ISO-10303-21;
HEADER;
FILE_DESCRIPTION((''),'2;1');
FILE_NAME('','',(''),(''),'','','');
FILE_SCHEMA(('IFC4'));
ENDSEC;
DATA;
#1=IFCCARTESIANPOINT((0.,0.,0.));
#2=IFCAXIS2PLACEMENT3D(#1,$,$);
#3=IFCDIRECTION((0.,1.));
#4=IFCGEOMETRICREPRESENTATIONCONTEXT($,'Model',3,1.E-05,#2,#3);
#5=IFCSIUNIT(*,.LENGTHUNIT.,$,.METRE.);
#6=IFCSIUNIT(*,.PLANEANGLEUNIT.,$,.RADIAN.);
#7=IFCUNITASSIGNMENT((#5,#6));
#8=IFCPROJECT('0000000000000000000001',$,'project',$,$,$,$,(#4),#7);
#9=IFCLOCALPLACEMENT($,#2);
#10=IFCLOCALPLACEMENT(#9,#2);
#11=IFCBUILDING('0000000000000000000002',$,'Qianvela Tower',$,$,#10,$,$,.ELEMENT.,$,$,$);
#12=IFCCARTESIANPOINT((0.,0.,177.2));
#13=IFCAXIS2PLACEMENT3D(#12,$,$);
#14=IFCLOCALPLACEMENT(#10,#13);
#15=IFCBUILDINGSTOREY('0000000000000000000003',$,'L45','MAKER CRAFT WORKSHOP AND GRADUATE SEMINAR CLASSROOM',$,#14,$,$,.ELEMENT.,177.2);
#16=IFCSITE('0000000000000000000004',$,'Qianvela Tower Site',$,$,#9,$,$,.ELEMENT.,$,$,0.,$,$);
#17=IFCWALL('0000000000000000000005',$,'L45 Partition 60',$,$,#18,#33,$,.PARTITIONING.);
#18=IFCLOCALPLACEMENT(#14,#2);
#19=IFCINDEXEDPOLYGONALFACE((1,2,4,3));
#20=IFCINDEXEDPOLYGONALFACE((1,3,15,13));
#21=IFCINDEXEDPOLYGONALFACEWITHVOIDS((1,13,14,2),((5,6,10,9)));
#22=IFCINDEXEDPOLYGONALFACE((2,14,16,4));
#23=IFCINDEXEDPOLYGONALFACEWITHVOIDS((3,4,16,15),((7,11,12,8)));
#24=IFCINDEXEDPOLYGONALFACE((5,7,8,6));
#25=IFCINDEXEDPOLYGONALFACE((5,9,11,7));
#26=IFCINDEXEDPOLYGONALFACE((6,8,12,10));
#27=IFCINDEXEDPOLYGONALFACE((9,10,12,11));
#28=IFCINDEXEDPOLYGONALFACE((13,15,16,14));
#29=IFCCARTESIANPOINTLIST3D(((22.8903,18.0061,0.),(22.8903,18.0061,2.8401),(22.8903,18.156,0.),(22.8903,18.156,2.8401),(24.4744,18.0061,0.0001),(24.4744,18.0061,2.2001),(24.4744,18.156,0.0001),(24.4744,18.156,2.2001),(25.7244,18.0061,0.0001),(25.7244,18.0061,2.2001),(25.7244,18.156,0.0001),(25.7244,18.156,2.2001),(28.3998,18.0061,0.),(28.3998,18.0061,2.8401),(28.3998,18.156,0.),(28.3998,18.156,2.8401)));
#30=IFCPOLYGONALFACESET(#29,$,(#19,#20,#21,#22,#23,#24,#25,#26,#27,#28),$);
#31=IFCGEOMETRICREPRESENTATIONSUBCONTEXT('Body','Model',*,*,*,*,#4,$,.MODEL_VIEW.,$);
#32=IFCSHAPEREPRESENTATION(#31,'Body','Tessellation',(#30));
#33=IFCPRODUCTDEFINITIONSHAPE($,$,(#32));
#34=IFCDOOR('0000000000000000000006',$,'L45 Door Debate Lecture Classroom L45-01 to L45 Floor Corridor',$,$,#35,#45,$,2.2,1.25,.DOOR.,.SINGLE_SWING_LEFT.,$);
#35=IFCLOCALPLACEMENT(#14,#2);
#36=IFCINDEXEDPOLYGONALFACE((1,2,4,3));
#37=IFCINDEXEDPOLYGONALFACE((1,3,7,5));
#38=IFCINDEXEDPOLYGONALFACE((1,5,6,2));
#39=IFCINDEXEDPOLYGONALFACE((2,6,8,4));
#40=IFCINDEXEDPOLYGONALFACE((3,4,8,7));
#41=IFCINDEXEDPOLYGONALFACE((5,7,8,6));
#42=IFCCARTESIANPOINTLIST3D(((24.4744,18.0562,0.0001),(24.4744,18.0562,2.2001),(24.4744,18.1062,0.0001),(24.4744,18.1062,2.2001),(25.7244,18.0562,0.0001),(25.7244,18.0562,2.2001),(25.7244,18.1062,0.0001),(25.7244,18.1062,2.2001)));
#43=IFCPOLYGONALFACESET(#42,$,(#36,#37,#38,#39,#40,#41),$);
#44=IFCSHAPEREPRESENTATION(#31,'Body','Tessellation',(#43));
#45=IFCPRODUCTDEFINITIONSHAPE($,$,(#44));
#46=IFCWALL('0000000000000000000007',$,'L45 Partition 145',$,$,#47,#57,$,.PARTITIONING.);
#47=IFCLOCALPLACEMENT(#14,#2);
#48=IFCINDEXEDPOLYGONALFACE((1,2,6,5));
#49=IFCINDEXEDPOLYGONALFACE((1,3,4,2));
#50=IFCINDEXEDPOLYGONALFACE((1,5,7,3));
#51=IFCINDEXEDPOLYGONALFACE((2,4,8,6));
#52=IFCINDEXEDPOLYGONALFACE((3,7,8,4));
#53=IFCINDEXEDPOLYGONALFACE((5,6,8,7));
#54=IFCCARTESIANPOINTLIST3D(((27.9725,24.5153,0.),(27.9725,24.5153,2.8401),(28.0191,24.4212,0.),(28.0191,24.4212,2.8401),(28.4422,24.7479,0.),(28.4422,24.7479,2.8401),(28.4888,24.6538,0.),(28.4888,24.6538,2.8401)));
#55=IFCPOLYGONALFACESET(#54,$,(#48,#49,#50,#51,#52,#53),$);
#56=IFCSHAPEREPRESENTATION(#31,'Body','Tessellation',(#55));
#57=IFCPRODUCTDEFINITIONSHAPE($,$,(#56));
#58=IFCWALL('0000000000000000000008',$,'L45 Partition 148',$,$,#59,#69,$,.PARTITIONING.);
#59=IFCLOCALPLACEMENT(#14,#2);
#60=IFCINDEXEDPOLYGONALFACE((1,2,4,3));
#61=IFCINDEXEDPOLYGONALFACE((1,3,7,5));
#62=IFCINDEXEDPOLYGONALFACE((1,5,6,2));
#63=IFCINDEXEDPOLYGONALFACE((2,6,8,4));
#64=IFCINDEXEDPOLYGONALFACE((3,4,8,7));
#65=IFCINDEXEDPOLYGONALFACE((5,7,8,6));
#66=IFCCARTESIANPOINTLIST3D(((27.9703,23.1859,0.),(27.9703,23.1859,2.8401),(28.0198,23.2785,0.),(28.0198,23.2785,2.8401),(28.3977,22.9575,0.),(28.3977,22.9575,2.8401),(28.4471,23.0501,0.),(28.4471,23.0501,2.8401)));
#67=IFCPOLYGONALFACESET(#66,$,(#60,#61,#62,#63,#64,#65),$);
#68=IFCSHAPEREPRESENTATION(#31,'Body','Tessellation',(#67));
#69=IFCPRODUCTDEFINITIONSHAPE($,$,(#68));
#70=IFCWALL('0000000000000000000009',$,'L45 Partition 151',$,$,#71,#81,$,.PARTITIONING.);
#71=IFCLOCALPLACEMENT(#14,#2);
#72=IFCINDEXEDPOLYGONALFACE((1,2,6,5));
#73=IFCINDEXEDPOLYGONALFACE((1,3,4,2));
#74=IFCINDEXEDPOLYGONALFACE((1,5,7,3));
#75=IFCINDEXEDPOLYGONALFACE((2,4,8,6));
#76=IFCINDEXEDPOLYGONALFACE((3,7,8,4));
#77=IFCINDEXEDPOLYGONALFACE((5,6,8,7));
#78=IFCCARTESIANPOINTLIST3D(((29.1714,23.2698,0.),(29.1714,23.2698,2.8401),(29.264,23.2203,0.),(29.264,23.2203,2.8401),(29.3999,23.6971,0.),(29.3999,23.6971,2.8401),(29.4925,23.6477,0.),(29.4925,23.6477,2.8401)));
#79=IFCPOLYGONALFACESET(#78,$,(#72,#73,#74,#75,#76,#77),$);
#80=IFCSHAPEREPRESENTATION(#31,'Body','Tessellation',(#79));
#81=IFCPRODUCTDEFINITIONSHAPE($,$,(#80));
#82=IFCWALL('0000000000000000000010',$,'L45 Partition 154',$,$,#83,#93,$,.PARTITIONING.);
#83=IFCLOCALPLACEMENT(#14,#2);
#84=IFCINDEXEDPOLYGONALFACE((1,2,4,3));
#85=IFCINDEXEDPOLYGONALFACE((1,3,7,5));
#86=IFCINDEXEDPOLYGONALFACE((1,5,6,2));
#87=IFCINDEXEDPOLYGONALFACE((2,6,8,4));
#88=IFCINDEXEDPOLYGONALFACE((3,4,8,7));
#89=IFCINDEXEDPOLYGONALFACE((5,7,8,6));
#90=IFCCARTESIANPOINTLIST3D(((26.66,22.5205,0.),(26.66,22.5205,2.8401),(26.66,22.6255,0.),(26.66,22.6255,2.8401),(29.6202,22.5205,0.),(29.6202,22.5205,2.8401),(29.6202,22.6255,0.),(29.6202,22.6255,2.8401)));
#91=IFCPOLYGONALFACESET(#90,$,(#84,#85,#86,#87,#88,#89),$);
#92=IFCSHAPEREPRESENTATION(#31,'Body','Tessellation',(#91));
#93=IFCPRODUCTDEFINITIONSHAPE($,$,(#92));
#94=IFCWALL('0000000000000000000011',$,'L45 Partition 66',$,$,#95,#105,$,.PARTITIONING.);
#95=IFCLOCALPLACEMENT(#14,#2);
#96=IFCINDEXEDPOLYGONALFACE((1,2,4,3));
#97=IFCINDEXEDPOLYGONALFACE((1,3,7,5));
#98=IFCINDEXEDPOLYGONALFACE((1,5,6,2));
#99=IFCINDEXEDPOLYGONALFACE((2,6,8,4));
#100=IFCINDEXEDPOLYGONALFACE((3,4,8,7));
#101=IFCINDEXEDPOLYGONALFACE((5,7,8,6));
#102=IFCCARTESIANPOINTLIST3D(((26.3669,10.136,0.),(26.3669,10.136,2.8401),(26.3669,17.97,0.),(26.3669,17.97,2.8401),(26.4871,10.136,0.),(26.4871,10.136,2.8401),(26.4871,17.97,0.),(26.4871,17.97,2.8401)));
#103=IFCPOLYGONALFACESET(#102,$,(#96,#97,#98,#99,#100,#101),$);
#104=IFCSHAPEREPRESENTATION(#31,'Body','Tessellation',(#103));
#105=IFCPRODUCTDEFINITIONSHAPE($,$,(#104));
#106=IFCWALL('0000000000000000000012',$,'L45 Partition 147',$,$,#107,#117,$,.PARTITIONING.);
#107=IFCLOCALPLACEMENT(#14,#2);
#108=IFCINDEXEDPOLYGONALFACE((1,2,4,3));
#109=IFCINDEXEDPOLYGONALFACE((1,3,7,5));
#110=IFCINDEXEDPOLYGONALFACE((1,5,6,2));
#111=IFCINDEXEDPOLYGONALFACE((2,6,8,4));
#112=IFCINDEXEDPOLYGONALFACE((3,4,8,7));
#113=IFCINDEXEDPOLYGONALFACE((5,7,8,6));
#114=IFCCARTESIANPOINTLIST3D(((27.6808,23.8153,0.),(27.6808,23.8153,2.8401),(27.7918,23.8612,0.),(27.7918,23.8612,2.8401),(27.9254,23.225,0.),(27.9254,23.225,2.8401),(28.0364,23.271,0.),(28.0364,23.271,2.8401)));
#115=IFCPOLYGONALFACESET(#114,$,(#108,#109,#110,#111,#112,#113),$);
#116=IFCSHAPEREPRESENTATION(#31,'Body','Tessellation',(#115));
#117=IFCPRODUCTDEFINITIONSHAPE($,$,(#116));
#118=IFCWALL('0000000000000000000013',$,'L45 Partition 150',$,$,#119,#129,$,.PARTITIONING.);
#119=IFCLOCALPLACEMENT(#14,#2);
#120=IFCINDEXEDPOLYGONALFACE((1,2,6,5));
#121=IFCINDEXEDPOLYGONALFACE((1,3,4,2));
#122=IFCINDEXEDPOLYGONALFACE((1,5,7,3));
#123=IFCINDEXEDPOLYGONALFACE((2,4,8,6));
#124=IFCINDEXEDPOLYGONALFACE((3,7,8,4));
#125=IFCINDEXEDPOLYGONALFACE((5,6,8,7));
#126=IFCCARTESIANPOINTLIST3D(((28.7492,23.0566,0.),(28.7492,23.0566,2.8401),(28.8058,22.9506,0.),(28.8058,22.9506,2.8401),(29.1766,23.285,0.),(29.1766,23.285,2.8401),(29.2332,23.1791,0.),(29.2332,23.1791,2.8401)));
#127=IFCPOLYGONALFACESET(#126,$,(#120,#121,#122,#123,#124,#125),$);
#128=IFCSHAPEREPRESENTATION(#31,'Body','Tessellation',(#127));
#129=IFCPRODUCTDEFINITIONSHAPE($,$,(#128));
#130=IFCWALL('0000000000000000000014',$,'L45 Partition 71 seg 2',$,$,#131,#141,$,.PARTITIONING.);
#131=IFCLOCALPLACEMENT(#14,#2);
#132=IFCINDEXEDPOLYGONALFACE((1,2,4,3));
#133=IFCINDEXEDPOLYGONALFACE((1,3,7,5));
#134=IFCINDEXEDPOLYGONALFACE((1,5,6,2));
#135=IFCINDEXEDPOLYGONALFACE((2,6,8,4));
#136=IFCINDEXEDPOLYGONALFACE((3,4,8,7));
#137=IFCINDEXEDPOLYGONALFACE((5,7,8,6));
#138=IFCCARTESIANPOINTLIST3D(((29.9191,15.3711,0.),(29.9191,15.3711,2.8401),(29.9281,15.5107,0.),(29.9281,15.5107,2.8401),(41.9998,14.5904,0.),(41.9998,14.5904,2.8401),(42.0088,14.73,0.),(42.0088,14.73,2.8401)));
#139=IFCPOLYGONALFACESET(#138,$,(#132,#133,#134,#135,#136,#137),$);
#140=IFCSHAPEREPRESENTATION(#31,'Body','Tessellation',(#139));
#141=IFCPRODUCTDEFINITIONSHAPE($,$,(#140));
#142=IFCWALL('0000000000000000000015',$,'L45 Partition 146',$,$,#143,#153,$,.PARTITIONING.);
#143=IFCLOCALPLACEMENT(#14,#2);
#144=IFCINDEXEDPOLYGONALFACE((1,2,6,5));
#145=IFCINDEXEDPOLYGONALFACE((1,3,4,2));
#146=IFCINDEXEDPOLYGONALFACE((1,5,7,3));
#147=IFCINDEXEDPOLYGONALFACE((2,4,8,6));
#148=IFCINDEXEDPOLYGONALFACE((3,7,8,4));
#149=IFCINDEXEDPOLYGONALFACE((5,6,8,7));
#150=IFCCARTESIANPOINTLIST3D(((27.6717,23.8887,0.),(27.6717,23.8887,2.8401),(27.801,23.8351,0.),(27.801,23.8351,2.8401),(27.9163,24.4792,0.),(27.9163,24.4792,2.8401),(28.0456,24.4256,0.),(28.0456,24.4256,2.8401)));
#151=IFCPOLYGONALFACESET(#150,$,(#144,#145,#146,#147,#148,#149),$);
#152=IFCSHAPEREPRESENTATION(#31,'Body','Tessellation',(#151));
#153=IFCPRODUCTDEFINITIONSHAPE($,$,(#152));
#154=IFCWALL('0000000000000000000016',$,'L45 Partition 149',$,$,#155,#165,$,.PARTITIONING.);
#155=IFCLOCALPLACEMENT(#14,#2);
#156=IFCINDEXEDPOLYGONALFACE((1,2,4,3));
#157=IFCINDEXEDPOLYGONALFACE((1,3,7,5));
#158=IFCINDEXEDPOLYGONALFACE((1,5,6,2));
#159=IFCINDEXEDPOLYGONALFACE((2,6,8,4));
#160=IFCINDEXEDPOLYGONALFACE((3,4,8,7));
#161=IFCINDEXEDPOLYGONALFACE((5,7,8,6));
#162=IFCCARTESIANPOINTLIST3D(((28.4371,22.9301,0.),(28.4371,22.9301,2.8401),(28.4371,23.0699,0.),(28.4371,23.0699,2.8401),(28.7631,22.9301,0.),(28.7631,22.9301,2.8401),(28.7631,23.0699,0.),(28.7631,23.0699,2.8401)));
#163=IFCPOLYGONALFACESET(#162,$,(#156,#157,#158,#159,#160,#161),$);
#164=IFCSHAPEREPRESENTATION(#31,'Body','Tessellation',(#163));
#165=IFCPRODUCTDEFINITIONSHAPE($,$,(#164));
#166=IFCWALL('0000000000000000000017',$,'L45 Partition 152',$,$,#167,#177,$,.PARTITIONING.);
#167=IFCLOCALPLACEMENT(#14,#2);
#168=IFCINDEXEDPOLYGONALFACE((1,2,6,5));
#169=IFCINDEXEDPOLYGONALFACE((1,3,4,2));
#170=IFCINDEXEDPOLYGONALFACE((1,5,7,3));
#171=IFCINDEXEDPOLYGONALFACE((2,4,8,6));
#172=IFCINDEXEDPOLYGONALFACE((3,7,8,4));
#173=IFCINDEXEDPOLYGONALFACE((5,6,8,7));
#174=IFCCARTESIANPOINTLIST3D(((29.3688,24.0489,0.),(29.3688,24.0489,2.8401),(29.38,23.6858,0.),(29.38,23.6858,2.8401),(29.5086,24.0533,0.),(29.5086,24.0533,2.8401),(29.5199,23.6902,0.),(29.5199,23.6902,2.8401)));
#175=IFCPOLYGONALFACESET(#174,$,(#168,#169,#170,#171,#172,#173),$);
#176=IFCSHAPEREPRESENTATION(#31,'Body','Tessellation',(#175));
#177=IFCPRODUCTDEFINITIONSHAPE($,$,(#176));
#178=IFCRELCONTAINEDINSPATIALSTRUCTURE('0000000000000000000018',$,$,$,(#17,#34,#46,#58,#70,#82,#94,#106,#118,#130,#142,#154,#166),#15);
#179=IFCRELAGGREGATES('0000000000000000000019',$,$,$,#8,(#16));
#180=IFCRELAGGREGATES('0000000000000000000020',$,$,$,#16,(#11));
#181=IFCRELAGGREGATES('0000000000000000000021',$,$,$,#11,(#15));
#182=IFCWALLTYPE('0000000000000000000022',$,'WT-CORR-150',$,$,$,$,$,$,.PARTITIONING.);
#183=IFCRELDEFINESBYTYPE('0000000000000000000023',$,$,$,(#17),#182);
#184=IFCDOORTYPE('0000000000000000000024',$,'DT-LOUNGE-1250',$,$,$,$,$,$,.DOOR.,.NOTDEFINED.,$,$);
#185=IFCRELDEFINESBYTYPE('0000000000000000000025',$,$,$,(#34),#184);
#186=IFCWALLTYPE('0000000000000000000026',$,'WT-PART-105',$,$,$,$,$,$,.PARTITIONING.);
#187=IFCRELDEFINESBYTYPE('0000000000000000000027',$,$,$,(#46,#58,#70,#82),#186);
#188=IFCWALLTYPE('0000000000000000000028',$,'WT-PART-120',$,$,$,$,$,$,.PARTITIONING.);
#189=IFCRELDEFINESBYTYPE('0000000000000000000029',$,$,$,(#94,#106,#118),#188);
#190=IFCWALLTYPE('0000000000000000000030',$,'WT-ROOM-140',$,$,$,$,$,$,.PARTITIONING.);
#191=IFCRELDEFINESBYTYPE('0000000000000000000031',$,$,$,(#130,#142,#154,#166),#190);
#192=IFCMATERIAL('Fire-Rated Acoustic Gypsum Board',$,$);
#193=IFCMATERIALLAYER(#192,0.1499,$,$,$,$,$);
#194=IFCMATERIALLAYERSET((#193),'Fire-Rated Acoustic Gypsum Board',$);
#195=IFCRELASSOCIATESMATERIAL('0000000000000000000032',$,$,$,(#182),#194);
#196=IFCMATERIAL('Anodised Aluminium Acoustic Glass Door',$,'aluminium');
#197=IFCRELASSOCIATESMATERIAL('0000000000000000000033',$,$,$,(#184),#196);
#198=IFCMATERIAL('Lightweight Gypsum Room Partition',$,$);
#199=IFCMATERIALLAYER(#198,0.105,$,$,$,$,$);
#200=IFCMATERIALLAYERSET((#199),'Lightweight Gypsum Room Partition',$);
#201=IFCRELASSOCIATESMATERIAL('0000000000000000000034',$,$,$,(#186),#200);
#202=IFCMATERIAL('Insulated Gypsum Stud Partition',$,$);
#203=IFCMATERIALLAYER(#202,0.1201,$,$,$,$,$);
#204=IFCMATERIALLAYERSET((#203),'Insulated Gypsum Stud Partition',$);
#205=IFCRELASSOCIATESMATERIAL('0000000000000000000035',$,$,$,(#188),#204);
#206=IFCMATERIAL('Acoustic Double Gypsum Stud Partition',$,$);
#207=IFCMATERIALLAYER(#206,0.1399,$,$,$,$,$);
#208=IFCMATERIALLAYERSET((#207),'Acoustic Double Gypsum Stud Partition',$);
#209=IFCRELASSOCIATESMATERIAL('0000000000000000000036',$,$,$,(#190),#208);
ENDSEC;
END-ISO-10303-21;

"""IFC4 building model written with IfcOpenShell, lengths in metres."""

from ifc_helpers import new_model, si_unit, direction, frame, frame_2d, origin, place, context, subcontext, project, spatial, rectangle, extrude, material, layer, layer_set, type_object, element, fill, save


model = new_model("IFC4")

# Units and contexts
model_context = context("Model", 3, precision=1e-05, world=origin(), true_north=direction((0.0, 1.0)))
body_context = subcontext(model_context, "Body", "Model", "MODEL_VIEW")
ifc_project = project(units=[si_unit("LENGTHUNIT", "METRE"), si_unit("PLANEANGLEUNIT", "RADIAN")], contexts=[model_context])

# Site, building, storey
site_placement = place(None, origin())
site = spatial("IfcSite", under=ifc_project, at=site_placement, Name="Qianvela Tower Site", CompositionType="ELEMENT", RefElevation=0.0)
building_placement = place(site_placement, origin())
building = spatial("IfcBuilding", under=site, at=building_placement, Name="Qianvela Tower", CompositionType="ELEMENT")
storey_placement = place(building_placement, frame((0.0, 0.0, 177.2)))
storey = spatial("IfcBuildingStorey", under=building, at=storey_placement, Name="L45", Description="MAKER CRAFT WORKSHOP AND GRADUATE SEMINAR CLASSROOM", CompositionType="ELEMENT", Elevation=177.2)

# Shared definitions
ifc_material_1 = material(Name="Fire-Rated Acoustic Gypsum Board")
ifc_layer_1 = layer(ifc_material_1, 0.1499)
ifc_layer_set_1 = layer_set([ifc_layer_1], Name="Fire-Rated Acoustic Gypsum Board")
wall_type_1 = type_object("IfcWallType", Name="WT-CORR-150", PredefinedType="PARTITIONING", material=ifc_layer_set_1)

# Wall, opening, door
wall_1_placement = place(storey_placement, frame((28.3999, 18.0811, 0.0), z_axis=(0.0, 0.0, 1.0), x_axis=(-1.0, 0.0, 0.0)))
wall_1 = element("IfcWall", 1, at=wall_1_placement, inside=storey, type_object=wall_type_1, Name="L45 Partition 60", PredefinedType="PARTITIONING", context=body_context, shape_type="SweptSolid", body=[
    extrude(rectangle(XDim=5.5095, YDim=0.1499, at=frame_2d((2.7549, 0.0))), origin(), (0.0, 0.0, 1.0), 2.8401),
])
opening_1_placement = place(wall_1_placement, frame((2.6755, 0.0, 0.0)))
opening_1 = element("IfcOpeningElement", 2, at=opening_1_placement, cuts=wall_1, PredefinedType="OPENING", context=body_context, shape_type="SweptSolid", body=[
    extrude(rectangle(XDim=1.25, YDim=2.2, at=frame_2d((0.625, 1.1001))), frame((0.0, 0.085, 0.0), z_axis=(0.0, -1.0, 0.0), x_axis=(1.0, 0.0, 0.0)), (0.0, 0.0, 1.0), 0.1699),
])
ifc_material_2 = material(Name="Anodised Aluminium Acoustic Glass Door", Category="aluminium")
door_type_1 = type_object("IfcDoorType", Name="DT-LOUNGE-1250", OperationType="NOTDEFINED", PredefinedType="DOOR", material=ifc_material_2)
door_1_placement = place(opening_1_placement, origin())
door_1 = element("IfcDoor", 3, at=door_1_placement, inside=storey, type_object=door_type_1, Name="L45 Door Debate Lecture Classroom L45-01 to L45 Floor Corridor", OperationType="SINGLE_SWING_LEFT", OverallHeight=2.2, OverallWidth=1.25, PredefinedType="DOOR", context=body_context, shape_type="SweptSolid", body=[
    extrude(rectangle(XDim=1.25, YDim=2.2, at=frame_2d((0.625, 1.1001))), frame((0.0, 0.0249, 0.0), z_axis=(0.0, -1.0, 0.0), x_axis=(1.0, 0.0, 0.0)), (0.0, 0.0, 1.0), 0.05),
])
fill(opening_1, door_1)

# Walls
ifc_material_3 = material(Name="Lightweight Gypsum Room Partition")
ifc_layer_2 = layer(ifc_material_3, 0.105)
ifc_layer_set_2 = layer_set([ifc_layer_2], Name="Lightweight Gypsum Room Partition")
wall_type_2 = type_object("IfcWallType", Name="WT-PART-105", PredefinedType="PARTITIONING", material=ifc_layer_set_2)
wall_2_placement = place(storey_placement, frame((28.4656, 24.7009, 0.0), z_axis=(0.0, 0.0, 1.0), x_axis=(-0.896098, -0.443857, 0.0)))
element("IfcWall", 4, at=wall_2_placement, inside=storey, type_object=wall_type_2, Name="L45 Partition 145", PredefinedType="PARTITIONING", context=body_context, shape_type="SweptSolid", body=[
    extrude(rectangle(XDim=0.5242, YDim=0.105, at=frame_2d((0.2622, 0.0))), origin(), (0.0, 0.0, 1.0), 2.8401),
])
for number, where, z_axis, x_axis, name in (
    (5, (27.9951, 23.2322, 0.0), (0.0, 0.0, 1.0), (0.881906, -0.471425, 0.0), "L45 Partition 148"),
    (6, (29.2178, 23.2451, 0.0), (0.0, 0.0, 1.0), (0.471425, 0.881906, 0.0), "L45 Partition 151"),
):
    element("IfcWall", number, at=place(storey_placement, frame(where, z_axis=z_axis, x_axis=x_axis)), inside=storey, type_object=wall_type_2, Name=name, PredefinedType="PARTITIONING", context=body_context, shape_type="SweptSolid", body=[
        extrude(rectangle(XDim=0.4846, YDim=0.105, at=frame_2d((0.2422, 0.0))), origin(), (0.0, 0.0, 1.0), 2.8401),
    ])
wall_3_placement = place(storey_placement, frame((29.6201, 22.573, 0.0), z_axis=(0.0, 0.0, 1.0), x_axis=(-1.0, 0.0, 0.0)))
element("IfcWall", 7, at=wall_3_placement, inside=storey, type_object=wall_type_2, Name="L45 Partition 154", PredefinedType="PARTITIONING", context=body_context, shape_type="SweptSolid", body=[
    extrude(rectangle(XDim=2.9602, YDim=0.105, at=frame_2d((1.48, 0.0))), origin(), (0.0, 0.0, 1.0), 2.8401),
])
ifc_material_4 = material(Name="Insulated Gypsum Stud Partition")
ifc_layer_3 = layer(ifc_material_4, 0.1201)
ifc_layer_set_3 = layer_set([ifc_layer_3], Name="Insulated Gypsum Stud Partition")
wall_type_3 = type_object("IfcWallType", Name="WT-PART-120", PredefinedType="PARTITIONING", material=ifc_layer_set_3)
wall_4_placement = place(storey_placement, frame((26.427, 17.97, 0.0), z_axis=(0.0, 0.0, 1.0), x_axis=(0.0, -1.0, 0.0)))
element("IfcWall", 8, at=wall_4_placement, inside=storey, type_object=wall_type_3, Name="L45 Partition 66", PredefinedType="PARTITIONING", context=body_context, shape_type="SweptSolid", body=[
    extrude(rectangle(XDim=7.834, YDim=0.1201, at=frame_2d((3.917, 0.0))), origin(), (0.0, 0.0, 1.0), 2.8401),
])
wall_5_placement = place(storey_placement, frame((27.7363, 23.8381, 0.0), z_axis=(0.0, 0.0, 1.0), x_axis=(0.382824, -0.923821, 0.0)))
element("IfcWall", 9, at=wall_5_placement, inside=storey, type_object=wall_type_3, Name="L45 Partition 147", PredefinedType="PARTITIONING", context=body_context, shape_type="SweptSolid", body=[
    extrude(rectangle(XDim=0.6389, YDim=0.1201, at=frame_2d((0.3193, 0.0))), origin(), (0.0, 0.0, 1.0), 2.8401),
])
wall_6_placement = place(storey_placement, frame((28.7776, 23.0037, 0.0), z_axis=(0.0, 0.0, 1.0), x_axis=(0.881906, 0.471425, 0.0)))
element("IfcWall", 10, at=wall_6_placement, inside=storey, type_object=wall_type_3, Name="L45 Partition 150", PredefinedType="PARTITIONING", context=body_context, shape_type="SweptSolid", body=[
    extrude(rectangle(XDim=0.4846, YDim=0.1201, at=frame_2d((0.2422, 0.0))), origin(), (0.0, 0.0, 1.0), 2.8401),
])
ifc_material_5 = material(Name="Acoustic Double Gypsum Stud Partition")
ifc_layer_4 = layer(ifc_material_5, 0.1399)
ifc_layer_set_4 = layer_set([ifc_layer_4], Name="Acoustic Double Gypsum Stud Partition")
wall_type_4 = type_object("IfcWallType", Name="WT-ROOM-140", PredefinedType="PARTITIONING", material=ifc_layer_set_4)
wall_7_placement = place(storey_placement, frame((29.9236, 15.4409, 0.0), z_axis=(0.0, 0.0, 1.0), x_axis=(0.997918, -0.064494, 0.0)))
element("IfcWall", 11, at=wall_7_placement, inside=storey, type_object=wall_type_4, Name="L45 Partition 71 seg 2", PredefinedType="PARTITIONING", context=body_context, shape_type="SweptSolid", body=[
    extrude(rectangle(XDim=12.106, YDim=0.1399, at=frame_2d((6.053, 0.0))), origin(), (0.0, 0.0, 1.0), 2.8401),
])
wall_8_placement = place(storey_placement, frame((27.981, 24.4524, 0.0), z_axis=(0.0, 0.0, 1.0), x_axis=(-0.382689, -0.923877, 0.0)))
element("IfcWall", 12, at=wall_8_placement, inside=storey, type_object=wall_type_4, Name="L45 Partition 146", PredefinedType="PARTITIONING", context=body_context, shape_type="SweptSolid", body=[
    extrude(rectangle(XDim=0.6392, YDim=0.1399, at=frame_2d((0.3196, 0.0))), origin(), (0.0, 0.0, 1.0), 2.8401),
])
wall_9_placement = place(storey_placement, frame((28.437, 23.0, 0.0), z_axis=(0.0, 0.0, 1.0), x_axis=(1.0, 0.0, 0.0)))
element("IfcWall", 13, at=wall_9_placement, inside=storey, type_object=wall_type_4, Name="L45 Partition 149", PredefinedType="PARTITIONING", context=body_context, shape_type="SweptSolid", body=[
    extrude(rectangle(XDim=0.3259, YDim=0.1399, at=frame_2d((0.1631, 0.0))), origin(), (0.0, 0.0, 1.0), 2.8401),
])
wall_10_placement = place(storey_placement, frame((29.45, 23.688, 0.0), z_axis=(0.0, 0.0, 1.0), x_axis=(-0.03092, 0.999522, 0.0)))
element("IfcWall", 14, at=wall_10_placement, inside=storey, type_object=wall_type_4, Name="L45 Partition 152", PredefinedType="PARTITIONING", context=body_context, shape_type="SweptSolid", body=[
    extrude(rectangle(XDim=0.3633, YDim=0.1399, at=frame_2d((0.1816, 0.0))), origin(), (0.0, 0.0, 1.0), 2.8401),
])

save(model, "model.ifc")
